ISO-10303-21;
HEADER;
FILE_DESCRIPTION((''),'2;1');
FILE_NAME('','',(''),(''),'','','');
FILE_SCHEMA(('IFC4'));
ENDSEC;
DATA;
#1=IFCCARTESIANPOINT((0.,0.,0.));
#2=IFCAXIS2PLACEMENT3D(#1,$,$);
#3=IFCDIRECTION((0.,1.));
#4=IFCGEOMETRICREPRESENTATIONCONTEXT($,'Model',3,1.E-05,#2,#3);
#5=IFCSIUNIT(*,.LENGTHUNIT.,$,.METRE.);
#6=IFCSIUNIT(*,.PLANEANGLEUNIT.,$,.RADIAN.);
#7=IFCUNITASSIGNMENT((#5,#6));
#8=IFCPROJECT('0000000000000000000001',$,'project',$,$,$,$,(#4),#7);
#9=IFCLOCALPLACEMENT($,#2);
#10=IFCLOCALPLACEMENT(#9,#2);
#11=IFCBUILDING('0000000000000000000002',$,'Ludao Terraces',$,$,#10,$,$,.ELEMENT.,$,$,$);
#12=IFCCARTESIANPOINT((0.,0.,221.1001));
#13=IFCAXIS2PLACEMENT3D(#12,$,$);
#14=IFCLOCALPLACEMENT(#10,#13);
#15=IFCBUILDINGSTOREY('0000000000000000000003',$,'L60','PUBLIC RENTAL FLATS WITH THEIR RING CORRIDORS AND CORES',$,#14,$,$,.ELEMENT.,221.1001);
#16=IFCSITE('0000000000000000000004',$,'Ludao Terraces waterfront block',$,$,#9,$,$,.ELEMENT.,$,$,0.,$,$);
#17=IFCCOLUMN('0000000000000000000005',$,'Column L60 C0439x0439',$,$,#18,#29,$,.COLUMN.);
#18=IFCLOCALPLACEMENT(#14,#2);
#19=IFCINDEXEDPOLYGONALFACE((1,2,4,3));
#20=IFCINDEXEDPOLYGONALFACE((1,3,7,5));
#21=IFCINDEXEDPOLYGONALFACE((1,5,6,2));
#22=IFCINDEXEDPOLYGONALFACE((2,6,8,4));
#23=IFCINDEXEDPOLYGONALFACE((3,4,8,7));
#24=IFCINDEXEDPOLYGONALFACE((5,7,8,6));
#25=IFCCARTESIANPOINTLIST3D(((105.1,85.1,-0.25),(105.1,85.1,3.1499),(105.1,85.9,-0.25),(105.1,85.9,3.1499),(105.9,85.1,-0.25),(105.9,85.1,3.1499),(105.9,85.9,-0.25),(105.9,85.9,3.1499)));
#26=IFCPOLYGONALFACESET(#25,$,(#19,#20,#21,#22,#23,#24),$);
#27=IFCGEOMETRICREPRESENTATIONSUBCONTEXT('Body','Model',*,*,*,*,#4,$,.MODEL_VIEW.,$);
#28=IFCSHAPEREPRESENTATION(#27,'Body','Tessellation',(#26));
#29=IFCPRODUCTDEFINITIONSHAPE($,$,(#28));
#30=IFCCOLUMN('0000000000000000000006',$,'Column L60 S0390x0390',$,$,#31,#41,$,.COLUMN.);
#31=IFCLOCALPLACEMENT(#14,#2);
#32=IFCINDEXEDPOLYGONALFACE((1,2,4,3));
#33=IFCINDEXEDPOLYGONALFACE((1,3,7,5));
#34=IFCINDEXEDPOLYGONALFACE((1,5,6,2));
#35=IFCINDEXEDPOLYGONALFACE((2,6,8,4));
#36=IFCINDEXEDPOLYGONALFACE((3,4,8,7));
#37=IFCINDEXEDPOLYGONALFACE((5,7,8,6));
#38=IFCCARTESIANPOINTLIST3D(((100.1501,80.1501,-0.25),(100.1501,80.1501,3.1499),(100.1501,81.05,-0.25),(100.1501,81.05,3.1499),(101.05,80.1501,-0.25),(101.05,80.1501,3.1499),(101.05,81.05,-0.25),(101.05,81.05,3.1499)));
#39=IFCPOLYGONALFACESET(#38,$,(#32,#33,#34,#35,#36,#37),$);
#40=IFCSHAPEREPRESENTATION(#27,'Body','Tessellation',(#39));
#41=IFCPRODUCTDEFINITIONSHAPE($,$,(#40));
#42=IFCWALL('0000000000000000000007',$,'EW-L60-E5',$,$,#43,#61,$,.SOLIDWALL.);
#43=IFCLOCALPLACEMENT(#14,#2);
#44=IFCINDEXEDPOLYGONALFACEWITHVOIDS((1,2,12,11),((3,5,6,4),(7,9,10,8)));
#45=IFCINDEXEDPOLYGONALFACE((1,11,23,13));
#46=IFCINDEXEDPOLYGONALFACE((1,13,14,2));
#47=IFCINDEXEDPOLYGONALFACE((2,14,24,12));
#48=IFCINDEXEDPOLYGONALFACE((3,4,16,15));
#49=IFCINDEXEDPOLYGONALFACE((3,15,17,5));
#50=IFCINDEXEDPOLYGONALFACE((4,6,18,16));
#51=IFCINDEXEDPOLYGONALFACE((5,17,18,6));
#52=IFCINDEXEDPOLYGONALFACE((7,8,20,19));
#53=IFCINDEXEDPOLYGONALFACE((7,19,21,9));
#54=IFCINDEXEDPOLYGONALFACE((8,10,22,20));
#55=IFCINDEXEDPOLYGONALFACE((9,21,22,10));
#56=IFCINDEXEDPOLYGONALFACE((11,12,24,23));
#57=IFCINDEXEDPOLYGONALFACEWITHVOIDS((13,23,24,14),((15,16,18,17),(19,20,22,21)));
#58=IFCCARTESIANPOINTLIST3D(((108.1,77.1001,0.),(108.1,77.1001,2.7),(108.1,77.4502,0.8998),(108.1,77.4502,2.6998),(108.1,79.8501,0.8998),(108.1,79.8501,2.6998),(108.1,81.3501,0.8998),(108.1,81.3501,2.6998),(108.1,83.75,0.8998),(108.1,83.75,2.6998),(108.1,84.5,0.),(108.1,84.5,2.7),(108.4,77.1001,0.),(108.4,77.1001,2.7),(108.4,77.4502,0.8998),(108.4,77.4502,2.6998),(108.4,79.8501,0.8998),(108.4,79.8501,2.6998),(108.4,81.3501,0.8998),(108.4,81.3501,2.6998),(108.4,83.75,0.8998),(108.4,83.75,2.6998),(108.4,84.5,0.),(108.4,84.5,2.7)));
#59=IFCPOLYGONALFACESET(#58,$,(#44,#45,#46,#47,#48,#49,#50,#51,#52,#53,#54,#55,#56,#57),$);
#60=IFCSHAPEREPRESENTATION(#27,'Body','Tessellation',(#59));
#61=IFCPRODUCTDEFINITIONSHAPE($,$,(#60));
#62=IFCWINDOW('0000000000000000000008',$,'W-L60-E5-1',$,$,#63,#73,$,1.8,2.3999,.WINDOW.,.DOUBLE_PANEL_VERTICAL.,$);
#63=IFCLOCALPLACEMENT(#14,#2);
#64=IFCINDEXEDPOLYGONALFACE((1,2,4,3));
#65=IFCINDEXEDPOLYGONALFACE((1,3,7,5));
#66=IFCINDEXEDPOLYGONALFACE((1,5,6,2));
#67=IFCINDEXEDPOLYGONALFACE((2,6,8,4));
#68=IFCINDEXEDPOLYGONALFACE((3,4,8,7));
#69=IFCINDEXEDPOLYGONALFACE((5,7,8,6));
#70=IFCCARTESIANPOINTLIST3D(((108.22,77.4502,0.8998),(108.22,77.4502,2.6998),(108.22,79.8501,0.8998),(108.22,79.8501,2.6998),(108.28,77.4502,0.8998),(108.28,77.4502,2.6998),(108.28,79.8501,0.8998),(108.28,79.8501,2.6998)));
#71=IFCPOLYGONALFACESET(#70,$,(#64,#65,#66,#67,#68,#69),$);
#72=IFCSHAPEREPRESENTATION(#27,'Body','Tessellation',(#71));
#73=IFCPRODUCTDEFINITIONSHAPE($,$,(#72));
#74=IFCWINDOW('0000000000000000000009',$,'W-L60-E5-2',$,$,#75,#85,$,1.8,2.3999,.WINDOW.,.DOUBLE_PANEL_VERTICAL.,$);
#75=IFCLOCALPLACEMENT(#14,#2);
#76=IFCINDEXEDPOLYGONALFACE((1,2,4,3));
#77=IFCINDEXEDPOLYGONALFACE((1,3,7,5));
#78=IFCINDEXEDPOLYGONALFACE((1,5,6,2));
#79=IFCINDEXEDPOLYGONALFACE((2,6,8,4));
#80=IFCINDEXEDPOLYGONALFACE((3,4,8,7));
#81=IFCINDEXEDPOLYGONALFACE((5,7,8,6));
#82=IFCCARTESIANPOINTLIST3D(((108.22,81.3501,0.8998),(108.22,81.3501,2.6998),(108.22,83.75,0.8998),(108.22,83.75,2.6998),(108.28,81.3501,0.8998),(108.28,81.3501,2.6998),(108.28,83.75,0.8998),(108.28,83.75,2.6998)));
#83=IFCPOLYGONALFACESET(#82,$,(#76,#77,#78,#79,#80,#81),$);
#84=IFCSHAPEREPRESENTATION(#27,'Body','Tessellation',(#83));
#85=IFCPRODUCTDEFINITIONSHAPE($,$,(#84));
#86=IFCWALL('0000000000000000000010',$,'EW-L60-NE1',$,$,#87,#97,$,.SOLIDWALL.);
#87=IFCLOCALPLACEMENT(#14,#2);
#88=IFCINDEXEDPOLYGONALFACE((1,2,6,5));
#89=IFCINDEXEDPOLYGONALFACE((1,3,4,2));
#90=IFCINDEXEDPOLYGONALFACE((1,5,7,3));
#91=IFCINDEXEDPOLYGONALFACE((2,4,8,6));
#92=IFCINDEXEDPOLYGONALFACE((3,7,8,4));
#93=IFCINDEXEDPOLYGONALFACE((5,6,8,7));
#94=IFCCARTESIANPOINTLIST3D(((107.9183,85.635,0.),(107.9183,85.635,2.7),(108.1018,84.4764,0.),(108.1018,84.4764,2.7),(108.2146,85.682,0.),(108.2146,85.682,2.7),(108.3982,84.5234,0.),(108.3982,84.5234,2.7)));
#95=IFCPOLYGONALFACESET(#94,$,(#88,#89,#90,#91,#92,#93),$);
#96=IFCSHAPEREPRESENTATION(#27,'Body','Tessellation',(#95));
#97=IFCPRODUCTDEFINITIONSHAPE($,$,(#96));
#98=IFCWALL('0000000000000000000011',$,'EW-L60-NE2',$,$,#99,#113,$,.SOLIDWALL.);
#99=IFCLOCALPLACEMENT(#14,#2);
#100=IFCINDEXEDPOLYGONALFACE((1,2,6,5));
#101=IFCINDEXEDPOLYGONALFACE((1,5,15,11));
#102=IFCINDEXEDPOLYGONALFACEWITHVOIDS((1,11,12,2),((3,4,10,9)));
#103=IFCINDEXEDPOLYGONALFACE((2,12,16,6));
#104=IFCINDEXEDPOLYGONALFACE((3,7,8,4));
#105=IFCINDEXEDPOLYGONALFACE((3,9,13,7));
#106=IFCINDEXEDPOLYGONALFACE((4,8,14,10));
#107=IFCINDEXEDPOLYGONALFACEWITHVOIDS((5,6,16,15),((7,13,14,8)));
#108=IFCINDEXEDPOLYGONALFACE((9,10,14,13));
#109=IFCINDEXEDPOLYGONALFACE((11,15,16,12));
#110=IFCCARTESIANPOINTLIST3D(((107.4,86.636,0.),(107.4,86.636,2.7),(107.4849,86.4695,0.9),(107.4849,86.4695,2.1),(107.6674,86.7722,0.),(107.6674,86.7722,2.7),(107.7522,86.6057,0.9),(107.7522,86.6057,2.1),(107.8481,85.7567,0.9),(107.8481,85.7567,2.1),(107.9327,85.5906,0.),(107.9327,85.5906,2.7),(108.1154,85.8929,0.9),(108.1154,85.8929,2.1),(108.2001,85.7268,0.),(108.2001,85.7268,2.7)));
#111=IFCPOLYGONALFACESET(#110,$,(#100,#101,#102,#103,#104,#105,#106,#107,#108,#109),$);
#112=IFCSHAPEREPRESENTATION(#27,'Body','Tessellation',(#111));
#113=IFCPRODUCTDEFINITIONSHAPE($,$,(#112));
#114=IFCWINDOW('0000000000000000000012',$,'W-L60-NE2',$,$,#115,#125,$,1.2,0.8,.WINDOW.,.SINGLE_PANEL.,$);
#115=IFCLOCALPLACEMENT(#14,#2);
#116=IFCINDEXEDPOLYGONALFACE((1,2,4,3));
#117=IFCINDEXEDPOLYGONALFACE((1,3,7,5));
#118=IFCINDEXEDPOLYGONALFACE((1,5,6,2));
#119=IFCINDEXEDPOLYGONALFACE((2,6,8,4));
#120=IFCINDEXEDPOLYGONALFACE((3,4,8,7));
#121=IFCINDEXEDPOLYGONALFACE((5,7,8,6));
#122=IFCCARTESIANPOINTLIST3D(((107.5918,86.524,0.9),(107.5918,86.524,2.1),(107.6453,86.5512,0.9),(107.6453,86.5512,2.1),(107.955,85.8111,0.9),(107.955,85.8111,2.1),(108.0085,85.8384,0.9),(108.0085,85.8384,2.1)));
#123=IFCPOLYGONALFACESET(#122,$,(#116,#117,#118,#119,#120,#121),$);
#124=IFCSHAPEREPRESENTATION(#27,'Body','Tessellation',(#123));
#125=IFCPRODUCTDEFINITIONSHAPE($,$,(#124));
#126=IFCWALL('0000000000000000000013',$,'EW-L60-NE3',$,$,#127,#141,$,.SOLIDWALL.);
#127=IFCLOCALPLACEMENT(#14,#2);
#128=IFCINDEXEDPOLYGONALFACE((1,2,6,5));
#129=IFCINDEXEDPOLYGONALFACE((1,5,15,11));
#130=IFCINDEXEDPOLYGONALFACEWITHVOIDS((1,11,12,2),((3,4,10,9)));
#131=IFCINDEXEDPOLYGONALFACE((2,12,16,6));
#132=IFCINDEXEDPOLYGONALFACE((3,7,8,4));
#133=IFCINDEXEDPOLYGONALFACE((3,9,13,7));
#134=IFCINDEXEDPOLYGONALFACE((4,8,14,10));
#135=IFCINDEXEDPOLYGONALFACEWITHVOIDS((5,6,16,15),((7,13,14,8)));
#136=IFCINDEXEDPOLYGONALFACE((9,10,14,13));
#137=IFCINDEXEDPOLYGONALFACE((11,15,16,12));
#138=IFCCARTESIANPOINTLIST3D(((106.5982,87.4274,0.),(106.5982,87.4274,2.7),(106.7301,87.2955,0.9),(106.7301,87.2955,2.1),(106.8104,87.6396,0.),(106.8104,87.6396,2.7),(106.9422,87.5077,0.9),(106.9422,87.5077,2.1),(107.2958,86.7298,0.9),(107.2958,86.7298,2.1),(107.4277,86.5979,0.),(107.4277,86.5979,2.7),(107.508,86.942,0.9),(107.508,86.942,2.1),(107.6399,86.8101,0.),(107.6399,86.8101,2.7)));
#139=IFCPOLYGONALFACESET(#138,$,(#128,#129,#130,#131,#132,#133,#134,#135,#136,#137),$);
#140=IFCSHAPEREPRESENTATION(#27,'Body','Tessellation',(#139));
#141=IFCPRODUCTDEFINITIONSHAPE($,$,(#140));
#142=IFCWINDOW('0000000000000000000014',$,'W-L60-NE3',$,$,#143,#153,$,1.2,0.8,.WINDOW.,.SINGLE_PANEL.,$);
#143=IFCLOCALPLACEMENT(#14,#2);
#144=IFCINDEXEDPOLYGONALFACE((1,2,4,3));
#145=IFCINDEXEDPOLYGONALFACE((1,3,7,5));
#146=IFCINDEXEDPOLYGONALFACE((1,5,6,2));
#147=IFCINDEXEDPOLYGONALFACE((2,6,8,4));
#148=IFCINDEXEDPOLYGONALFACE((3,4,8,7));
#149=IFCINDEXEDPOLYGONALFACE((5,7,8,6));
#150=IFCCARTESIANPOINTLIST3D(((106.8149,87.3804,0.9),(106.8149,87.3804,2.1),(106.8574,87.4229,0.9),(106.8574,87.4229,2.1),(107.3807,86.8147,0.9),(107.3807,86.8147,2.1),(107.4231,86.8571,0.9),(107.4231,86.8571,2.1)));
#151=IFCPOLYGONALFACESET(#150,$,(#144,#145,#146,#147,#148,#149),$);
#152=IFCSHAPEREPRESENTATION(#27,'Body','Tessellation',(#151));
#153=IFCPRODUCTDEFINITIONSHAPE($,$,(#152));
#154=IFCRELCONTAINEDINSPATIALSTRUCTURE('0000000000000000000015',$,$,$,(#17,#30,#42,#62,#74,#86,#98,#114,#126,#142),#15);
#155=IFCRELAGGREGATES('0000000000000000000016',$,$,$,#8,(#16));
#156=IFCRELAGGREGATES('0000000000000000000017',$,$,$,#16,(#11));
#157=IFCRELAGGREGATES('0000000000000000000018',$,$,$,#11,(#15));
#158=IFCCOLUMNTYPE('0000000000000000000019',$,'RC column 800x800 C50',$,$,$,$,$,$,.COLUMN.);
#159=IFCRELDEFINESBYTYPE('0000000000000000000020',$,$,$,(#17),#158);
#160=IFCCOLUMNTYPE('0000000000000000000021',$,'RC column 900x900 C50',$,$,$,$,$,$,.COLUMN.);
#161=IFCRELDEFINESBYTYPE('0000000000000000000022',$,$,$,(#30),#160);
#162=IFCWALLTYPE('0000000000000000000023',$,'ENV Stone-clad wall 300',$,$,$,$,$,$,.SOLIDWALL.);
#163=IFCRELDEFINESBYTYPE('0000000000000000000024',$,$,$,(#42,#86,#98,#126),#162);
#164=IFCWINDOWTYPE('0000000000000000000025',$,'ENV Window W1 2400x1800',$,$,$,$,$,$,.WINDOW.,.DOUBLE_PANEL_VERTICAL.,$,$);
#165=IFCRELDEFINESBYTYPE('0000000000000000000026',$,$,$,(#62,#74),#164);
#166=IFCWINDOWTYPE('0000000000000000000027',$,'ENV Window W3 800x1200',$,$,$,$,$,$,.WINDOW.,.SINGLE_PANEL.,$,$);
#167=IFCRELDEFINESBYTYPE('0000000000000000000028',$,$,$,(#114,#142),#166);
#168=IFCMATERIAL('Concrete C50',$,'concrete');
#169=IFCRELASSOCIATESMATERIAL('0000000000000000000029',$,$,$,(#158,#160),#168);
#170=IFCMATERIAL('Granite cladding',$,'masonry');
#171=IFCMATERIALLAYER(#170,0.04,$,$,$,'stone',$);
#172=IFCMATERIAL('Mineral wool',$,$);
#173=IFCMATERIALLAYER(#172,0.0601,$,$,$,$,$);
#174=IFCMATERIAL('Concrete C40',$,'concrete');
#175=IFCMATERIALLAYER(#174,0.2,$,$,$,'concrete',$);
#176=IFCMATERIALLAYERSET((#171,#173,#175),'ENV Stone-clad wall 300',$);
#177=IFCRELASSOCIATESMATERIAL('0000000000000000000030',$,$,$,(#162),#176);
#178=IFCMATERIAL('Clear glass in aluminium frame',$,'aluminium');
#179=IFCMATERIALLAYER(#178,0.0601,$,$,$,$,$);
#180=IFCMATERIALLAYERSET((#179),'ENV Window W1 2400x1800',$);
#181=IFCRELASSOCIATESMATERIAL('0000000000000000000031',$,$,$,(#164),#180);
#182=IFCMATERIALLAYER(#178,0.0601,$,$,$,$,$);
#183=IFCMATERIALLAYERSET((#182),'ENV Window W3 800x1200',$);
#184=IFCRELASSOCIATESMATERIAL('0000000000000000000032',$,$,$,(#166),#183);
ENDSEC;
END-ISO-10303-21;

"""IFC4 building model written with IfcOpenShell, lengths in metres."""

from ifc_helpers import new_model, si_unit, direction, frame, frame_2d, origin, origin_2d, place, context, subcontext, project, spatial, rectangle, extrude, material, layer, layer_set, material_profile, profile_set, type_object, element, fill, save


model = new_model("IFC4")

# Units and contexts
model_context = context("Model", 3, precision=1e-05, world=origin(), true_north=direction((0.0, 1.0)))
body_context = subcontext(model_context, "Body", "Model", "MODEL_VIEW")
ifc_project = project(units=[si_unit("LENGTHUNIT", "METRE"), si_unit("PLANEANGLEUNIT", "RADIAN")], contexts=[model_context])

# Site, building, storey
site_placement = place(None, origin())
site = spatial("IfcSite", under=ifc_project, at=site_placement, Name="Ludao Terraces waterfront block", CompositionType="ELEMENT", RefElevation=0.0)
building_placement = place(site_placement, origin())
building = spatial("IfcBuilding", under=site, at=building_placement, Name="Ludao Terraces", CompositionType="ELEMENT")
storey_placement = place(building_placement, frame((0.0, 0.0, 221.1001)))
storey = spatial("IfcBuildingStorey", under=building, at=storey_placement, Name="L60", Description="PUBLIC RENTAL FLATS WITH THEIR RING CORRIDORS AND CORES", CompositionType="ELEMENT", Elevation=221.1001)

# Columns
ifc_material_1 = material(Name="Concrete C50", Category="concrete")
ifc_material_profile_1 = material_profile(ifc_material_1, rectangle(XDim=0.8, YDim=0.8, at=origin_2d()), Name="800 X 800")
ifc_profile_set_1 = profile_set([ifc_material_profile_1], Name="Concrete C50")
column_type_1 = type_object("IfcColumnType", Name="RC column 800x800 C50", PredefinedType="COLUMN", material=ifc_profile_set_1)
column_1_placement = place(storey_placement, frame((105.5, 85.5, -0.25), z_axis=(0.0, 0.0, 1.0), x_axis=(1.0, 0.0, 0.0)))
element("IfcColumn", 1, at=column_1_placement, inside=storey, type_object=column_type_1, Name="Column L60 C0439x0439", PredefinedType="COLUMN", context=body_context, shape_type="SweptSolid", body=[
    extrude(rectangle(XDim=0.8, YDim=0.8, at=origin_2d()), origin(), (0.0, 0.0, 1.0), 3.3999),
])
ifc_material_profile_2 = material_profile(ifc_material_1, rectangle(XDim=0.8999, YDim=0.8999, at=origin_2d()), Name="900 X 900")
ifc_profile_set_2 = profile_set([ifc_material_profile_2], Name="Concrete C50")
column_type_2 = type_object("IfcColumnType", Name="RC column 900x900 C50", PredefinedType="COLUMN", material=ifc_profile_set_2)
column_2_placement = place(storey_placement, frame((100.6001, 80.6001, -0.25), z_axis=(0.0, 0.0, 1.0), x_axis=(1.0, 0.0, 0.0)))
element("IfcColumn", 2, at=column_2_placement, inside=storey, type_object=column_type_2, Name="Column L60 S0390x0390", PredefinedType="COLUMN", context=body_context, shape_type="SweptSolid", body=[
    extrude(rectangle(XDim=0.8999, YDim=0.8999, at=origin_2d()), origin(), (0.0, 0.0, 1.0), 3.3999),
])

# Wall, openings, windows
ifc_material_2 = material(Name="Granite cladding", Category="masonry")
ifc_layer_1 = layer(ifc_material_2, 0.04, Category="stone")
ifc_material_3 = material(Name="Mineral wool")
ifc_layer_2 = layer(ifc_material_3, 0.0601)
ifc_material_4 = material(Name="Concrete C40", Category="concrete")
ifc_layer_3 = layer(ifc_material_4, 0.2, Category="concrete")
ifc_layer_set_1 = layer_set([ifc_layer_1, ifc_layer_2, ifc_layer_3], Name="ENV Stone-clad wall 300")
wall_type_1 = type_object("IfcWallType", Name="ENV Stone-clad wall 300", PredefinedType="SOLIDWALL", material=ifc_layer_set_1)
wall_1_placement = place(storey_placement, frame((108.25, 77.1001, 0.0), z_axis=(0.0, 0.0, 1.0), x_axis=(0.0, 1.0, 0.0)))
wall_1 = element("IfcWall", 3, at=wall_1_placement, inside=storey, type_object=wall_type_1, Name="EW-L60-E5", PredefinedType="SOLIDWALL", context=body_context, shape_type="SweptSolid", body=[
    extrude(rectangle(XDim=7.3999, YDim=0.3, at=frame_2d((3.7, 0.0))), origin(), (0.0, 0.0, 1.0), 2.7),
])
opening_1_placement = place(wall_1_placement, frame((0.3501, 0.0, 0.8999)))
opening_1 = element("IfcOpeningElement", 4, at=opening_1_placement, cuts=wall_1, PredefinedType="OPENING", context=body_context, shape_type="SweptSolid", body=[
    extrude(rectangle(XDim=2.3999, YDim=1.8, at=frame_2d((1.2, 0.8999))), frame((0.0, 0.1602, 0.0), z_axis=(0.0, -1.0, 0.0), x_axis=(1.0, 0.0, 0.0)), (0.0, 0.0, 1.0), 0.3201),
])
opening_2_placement = place(wall_1_placement, frame((4.25, 0.0, 0.8999)))
opening_2 = element("IfcOpeningElement", 5, at=opening_2_placement, cuts=wall_1, PredefinedType="OPENING", context=body_context, shape_type="SweptSolid", body=[
    extrude(rectangle(XDim=2.3999, YDim=1.8, at=frame_2d((1.2, 0.8999))), frame((0.0, 0.1602, 0.0), z_axis=(0.0, -1.0, 0.0), x_axis=(1.0, 0.0, 0.0)), (0.0, 0.0, 1.0), 0.3201),
])
ifc_material_5 = material(Name="Clear glass in aluminium frame", Category="aluminium")
ifc_layer_4 = layer(ifc_material_5, 0.0601)
ifc_layer_set_2 = layer_set([ifc_layer_4], Name="ENV Window W1 2400x1800")
window_type_1 = type_object("IfcWindowType", Name="ENV Window W1 2400x1800", PartitioningType="DOUBLE_PANEL_VERTICAL", PredefinedType="WINDOW", material=ifc_layer_set_2)
window_1_placement = place(opening_1_placement, origin())
window_1 = element("IfcWindow", 6, at=window_1_placement, inside=storey, type_object=window_type_1, Name="W-L60-E5-1", OverallHeight=1.8, OverallWidth=2.3999, PartitioningType="DOUBLE_PANEL_VERTICAL", PredefinedType="WINDOW", context=body_context, shape_type="SweptSolid", body=[
    extrude(rectangle(XDim=2.3999, YDim=1.8, at=frame_2d((1.2, 0.8999))), frame((0.0, 0.03, 0.0), z_axis=(0.0, -1.0, 0.0), x_axis=(1.0, 0.0, 0.0)), (0.0, 0.0, 1.0), 0.0601),
])
fill(opening_1, window_1)
window_2_placement = place(opening_2_placement, origin())
window_2 = element("IfcWindow", 7, at=window_2_placement, inside=storey, type_object=window_type_1, Name="W-L60-E5-2", OverallHeight=1.8, OverallWidth=2.3999, PartitioningType="DOUBLE_PANEL_VERTICAL", PredefinedType="WINDOW", context=body_context, shape_type="SweptSolid", body=[
    extrude(rectangle(XDim=2.3999, YDim=1.8, at=frame_2d((1.2, 0.8999))), frame((0.0, 0.03, 0.0), z_axis=(0.0, -1.0, 0.0), x_axis=(1.0, 0.0, 0.0)), (0.0, 0.0, 1.0), 0.0601),
])
fill(opening_2, window_2)

# Wall
wall_2_placement = place(storey_placement, frame((108.25, 84.5, 0.0), z_axis=(0.0, 0.0, 1.0), x_axis=(-0.156497, 0.987678, 0.0)))
element("IfcWall", 8, at=wall_2_placement, inside=storey, type_object=wall_type_1, Name="EW-L60-NE1", PredefinedType="SOLIDWALL", context=body_context, shape_type="SweptSolid", body=[
    extrude(rectangle(XDim=1.1731, YDim=0.3, at=frame_2d((0.5864, 0.0))), origin(), (0.0, 0.0, 1.0), 2.7),
])

# Walls, openings, windows
wall_3_placement = place(storey_placement, frame((108.0664, 85.6587, 0.0), z_axis=(0.0, 0.0, 1.0), x_axis=(-0.454026, 0.890989, 0.0)))
wall_3 = element("IfcWall", 9, at=wall_3_placement, inside=storey, type_object=wall_type_1, Name="EW-L60-NE2", PredefinedType="SOLIDWALL", context=body_context, shape_type="SweptSolid", body=[
    extrude(rectangle(XDim=1.1733, YDim=0.3, at=frame_2d((0.5867, 0.0))), origin(), (0.0, 0.0, 1.0), 2.7),
])
opening_3_placement = place(wall_3_placement, frame((0.1865, 0.0, 0.8999)))
opening_3 = element("IfcOpeningElement", 10, at=opening_3_placement, cuts=wall_3, PredefinedType="OPENING", context=body_context, shape_type="SweptSolid", body=[
    extrude(rectangle(XDim=0.8, YDim=1.2, at=frame_2d((0.3999, 0.6001))), frame((0.0, 0.1602, 0.0), z_axis=(0.0, -1.0, 0.0), x_axis=(1.0, 0.0, 0.0)), (0.0, 0.0, 1.0), 0.3201),
])
ifc_layer_5 = layer(ifc_material_5, 0.0601)
ifc_layer_set_3 = layer_set([ifc_layer_5], Name="ENV Window W3 800x1200")
window_type_2 = type_object("IfcWindowType", Name="ENV Window W3 800x1200", PartitioningType="SINGLE_PANEL", PredefinedType="WINDOW", material=ifc_layer_set_3)
window_3_placement = place(opening_3_placement, origin())
window_3 = element("IfcWindow", 11, at=window_3_placement, inside=storey, type_object=window_type_2, Name="W-L60-NE2", OverallHeight=1.2, OverallWidth=0.8, PartitioningType="SINGLE_PANEL", PredefinedType="WINDOW", context=body_context, shape_type="SweptSolid", body=[
    extrude(rectangle(XDim=0.8, YDim=1.2, at=frame_2d((0.3999, 0.6001))), frame((0.0, 0.03, 0.0), z_axis=(0.0, -1.0, 0.0), x_axis=(1.0, 0.0, 0.0)), (0.0, 0.0, 1.0), 0.0601),
])
fill(opening_3, window_3)
wall_4_placement = place(storey_placement, frame((107.5337, 86.7041, 0.0), z_axis=(0.0, 0.0, 1.0), x_axis=(-0.707107, 0.707107, 0.0)))
wall_4 = element("IfcWall", 12, at=wall_4_placement, inside=storey, type_object=wall_type_1, Name="EW-L60-NE3", PredefinedType="SOLIDWALL", context=body_context, shape_type="SweptSolid", body=[
    extrude(rectangle(XDim=1.1731, YDim=0.3, at=frame_2d((0.5864, 0.0))), origin(), (0.0, 0.0, 1.0), 2.7),
])
opening_4_placement = place(wall_4_placement, frame((0.1865, 0.0, 0.8999)))
opening_4 = element("IfcOpeningElement", 13, at=opening_4_placement, cuts=wall_4, PredefinedType="OPENING", context=body_context, shape_type="SweptSolid", body=[
    extrude(rectangle(XDim=0.8, YDim=1.2, at=frame_2d((0.3999, 0.6001))), frame((0.0, 0.1602, 0.0), z_axis=(0.0, -1.0, 0.0), x_axis=(1.0, 0.0, 0.0)), (0.0, 0.0, 1.0), 0.3201),
])
window_4_placement = place(opening_4_placement, origin())
window_4 = element("IfcWindow", 14, at=window_4_placement, inside=storey, type_object=window_type_2, Name="W-L60-NE3", OverallHeight=1.2, OverallWidth=0.8, PartitioningType="SINGLE_PANEL", PredefinedType="WINDOW", context=body_context, shape_type="SweptSolid", body=[
    extrude(rectangle(XDim=0.8, YDim=1.2, at=frame_2d((0.3999, 0.6001))), frame((0.0, 0.03, 0.0), z_axis=(0.0, -1.0, 0.0), x_axis=(1.0, 0.0, 0.0)), (0.0, 0.0, 1.0), 0.0601),
])
fill(opening_4, window_4)

save(model, "model.ifc")
